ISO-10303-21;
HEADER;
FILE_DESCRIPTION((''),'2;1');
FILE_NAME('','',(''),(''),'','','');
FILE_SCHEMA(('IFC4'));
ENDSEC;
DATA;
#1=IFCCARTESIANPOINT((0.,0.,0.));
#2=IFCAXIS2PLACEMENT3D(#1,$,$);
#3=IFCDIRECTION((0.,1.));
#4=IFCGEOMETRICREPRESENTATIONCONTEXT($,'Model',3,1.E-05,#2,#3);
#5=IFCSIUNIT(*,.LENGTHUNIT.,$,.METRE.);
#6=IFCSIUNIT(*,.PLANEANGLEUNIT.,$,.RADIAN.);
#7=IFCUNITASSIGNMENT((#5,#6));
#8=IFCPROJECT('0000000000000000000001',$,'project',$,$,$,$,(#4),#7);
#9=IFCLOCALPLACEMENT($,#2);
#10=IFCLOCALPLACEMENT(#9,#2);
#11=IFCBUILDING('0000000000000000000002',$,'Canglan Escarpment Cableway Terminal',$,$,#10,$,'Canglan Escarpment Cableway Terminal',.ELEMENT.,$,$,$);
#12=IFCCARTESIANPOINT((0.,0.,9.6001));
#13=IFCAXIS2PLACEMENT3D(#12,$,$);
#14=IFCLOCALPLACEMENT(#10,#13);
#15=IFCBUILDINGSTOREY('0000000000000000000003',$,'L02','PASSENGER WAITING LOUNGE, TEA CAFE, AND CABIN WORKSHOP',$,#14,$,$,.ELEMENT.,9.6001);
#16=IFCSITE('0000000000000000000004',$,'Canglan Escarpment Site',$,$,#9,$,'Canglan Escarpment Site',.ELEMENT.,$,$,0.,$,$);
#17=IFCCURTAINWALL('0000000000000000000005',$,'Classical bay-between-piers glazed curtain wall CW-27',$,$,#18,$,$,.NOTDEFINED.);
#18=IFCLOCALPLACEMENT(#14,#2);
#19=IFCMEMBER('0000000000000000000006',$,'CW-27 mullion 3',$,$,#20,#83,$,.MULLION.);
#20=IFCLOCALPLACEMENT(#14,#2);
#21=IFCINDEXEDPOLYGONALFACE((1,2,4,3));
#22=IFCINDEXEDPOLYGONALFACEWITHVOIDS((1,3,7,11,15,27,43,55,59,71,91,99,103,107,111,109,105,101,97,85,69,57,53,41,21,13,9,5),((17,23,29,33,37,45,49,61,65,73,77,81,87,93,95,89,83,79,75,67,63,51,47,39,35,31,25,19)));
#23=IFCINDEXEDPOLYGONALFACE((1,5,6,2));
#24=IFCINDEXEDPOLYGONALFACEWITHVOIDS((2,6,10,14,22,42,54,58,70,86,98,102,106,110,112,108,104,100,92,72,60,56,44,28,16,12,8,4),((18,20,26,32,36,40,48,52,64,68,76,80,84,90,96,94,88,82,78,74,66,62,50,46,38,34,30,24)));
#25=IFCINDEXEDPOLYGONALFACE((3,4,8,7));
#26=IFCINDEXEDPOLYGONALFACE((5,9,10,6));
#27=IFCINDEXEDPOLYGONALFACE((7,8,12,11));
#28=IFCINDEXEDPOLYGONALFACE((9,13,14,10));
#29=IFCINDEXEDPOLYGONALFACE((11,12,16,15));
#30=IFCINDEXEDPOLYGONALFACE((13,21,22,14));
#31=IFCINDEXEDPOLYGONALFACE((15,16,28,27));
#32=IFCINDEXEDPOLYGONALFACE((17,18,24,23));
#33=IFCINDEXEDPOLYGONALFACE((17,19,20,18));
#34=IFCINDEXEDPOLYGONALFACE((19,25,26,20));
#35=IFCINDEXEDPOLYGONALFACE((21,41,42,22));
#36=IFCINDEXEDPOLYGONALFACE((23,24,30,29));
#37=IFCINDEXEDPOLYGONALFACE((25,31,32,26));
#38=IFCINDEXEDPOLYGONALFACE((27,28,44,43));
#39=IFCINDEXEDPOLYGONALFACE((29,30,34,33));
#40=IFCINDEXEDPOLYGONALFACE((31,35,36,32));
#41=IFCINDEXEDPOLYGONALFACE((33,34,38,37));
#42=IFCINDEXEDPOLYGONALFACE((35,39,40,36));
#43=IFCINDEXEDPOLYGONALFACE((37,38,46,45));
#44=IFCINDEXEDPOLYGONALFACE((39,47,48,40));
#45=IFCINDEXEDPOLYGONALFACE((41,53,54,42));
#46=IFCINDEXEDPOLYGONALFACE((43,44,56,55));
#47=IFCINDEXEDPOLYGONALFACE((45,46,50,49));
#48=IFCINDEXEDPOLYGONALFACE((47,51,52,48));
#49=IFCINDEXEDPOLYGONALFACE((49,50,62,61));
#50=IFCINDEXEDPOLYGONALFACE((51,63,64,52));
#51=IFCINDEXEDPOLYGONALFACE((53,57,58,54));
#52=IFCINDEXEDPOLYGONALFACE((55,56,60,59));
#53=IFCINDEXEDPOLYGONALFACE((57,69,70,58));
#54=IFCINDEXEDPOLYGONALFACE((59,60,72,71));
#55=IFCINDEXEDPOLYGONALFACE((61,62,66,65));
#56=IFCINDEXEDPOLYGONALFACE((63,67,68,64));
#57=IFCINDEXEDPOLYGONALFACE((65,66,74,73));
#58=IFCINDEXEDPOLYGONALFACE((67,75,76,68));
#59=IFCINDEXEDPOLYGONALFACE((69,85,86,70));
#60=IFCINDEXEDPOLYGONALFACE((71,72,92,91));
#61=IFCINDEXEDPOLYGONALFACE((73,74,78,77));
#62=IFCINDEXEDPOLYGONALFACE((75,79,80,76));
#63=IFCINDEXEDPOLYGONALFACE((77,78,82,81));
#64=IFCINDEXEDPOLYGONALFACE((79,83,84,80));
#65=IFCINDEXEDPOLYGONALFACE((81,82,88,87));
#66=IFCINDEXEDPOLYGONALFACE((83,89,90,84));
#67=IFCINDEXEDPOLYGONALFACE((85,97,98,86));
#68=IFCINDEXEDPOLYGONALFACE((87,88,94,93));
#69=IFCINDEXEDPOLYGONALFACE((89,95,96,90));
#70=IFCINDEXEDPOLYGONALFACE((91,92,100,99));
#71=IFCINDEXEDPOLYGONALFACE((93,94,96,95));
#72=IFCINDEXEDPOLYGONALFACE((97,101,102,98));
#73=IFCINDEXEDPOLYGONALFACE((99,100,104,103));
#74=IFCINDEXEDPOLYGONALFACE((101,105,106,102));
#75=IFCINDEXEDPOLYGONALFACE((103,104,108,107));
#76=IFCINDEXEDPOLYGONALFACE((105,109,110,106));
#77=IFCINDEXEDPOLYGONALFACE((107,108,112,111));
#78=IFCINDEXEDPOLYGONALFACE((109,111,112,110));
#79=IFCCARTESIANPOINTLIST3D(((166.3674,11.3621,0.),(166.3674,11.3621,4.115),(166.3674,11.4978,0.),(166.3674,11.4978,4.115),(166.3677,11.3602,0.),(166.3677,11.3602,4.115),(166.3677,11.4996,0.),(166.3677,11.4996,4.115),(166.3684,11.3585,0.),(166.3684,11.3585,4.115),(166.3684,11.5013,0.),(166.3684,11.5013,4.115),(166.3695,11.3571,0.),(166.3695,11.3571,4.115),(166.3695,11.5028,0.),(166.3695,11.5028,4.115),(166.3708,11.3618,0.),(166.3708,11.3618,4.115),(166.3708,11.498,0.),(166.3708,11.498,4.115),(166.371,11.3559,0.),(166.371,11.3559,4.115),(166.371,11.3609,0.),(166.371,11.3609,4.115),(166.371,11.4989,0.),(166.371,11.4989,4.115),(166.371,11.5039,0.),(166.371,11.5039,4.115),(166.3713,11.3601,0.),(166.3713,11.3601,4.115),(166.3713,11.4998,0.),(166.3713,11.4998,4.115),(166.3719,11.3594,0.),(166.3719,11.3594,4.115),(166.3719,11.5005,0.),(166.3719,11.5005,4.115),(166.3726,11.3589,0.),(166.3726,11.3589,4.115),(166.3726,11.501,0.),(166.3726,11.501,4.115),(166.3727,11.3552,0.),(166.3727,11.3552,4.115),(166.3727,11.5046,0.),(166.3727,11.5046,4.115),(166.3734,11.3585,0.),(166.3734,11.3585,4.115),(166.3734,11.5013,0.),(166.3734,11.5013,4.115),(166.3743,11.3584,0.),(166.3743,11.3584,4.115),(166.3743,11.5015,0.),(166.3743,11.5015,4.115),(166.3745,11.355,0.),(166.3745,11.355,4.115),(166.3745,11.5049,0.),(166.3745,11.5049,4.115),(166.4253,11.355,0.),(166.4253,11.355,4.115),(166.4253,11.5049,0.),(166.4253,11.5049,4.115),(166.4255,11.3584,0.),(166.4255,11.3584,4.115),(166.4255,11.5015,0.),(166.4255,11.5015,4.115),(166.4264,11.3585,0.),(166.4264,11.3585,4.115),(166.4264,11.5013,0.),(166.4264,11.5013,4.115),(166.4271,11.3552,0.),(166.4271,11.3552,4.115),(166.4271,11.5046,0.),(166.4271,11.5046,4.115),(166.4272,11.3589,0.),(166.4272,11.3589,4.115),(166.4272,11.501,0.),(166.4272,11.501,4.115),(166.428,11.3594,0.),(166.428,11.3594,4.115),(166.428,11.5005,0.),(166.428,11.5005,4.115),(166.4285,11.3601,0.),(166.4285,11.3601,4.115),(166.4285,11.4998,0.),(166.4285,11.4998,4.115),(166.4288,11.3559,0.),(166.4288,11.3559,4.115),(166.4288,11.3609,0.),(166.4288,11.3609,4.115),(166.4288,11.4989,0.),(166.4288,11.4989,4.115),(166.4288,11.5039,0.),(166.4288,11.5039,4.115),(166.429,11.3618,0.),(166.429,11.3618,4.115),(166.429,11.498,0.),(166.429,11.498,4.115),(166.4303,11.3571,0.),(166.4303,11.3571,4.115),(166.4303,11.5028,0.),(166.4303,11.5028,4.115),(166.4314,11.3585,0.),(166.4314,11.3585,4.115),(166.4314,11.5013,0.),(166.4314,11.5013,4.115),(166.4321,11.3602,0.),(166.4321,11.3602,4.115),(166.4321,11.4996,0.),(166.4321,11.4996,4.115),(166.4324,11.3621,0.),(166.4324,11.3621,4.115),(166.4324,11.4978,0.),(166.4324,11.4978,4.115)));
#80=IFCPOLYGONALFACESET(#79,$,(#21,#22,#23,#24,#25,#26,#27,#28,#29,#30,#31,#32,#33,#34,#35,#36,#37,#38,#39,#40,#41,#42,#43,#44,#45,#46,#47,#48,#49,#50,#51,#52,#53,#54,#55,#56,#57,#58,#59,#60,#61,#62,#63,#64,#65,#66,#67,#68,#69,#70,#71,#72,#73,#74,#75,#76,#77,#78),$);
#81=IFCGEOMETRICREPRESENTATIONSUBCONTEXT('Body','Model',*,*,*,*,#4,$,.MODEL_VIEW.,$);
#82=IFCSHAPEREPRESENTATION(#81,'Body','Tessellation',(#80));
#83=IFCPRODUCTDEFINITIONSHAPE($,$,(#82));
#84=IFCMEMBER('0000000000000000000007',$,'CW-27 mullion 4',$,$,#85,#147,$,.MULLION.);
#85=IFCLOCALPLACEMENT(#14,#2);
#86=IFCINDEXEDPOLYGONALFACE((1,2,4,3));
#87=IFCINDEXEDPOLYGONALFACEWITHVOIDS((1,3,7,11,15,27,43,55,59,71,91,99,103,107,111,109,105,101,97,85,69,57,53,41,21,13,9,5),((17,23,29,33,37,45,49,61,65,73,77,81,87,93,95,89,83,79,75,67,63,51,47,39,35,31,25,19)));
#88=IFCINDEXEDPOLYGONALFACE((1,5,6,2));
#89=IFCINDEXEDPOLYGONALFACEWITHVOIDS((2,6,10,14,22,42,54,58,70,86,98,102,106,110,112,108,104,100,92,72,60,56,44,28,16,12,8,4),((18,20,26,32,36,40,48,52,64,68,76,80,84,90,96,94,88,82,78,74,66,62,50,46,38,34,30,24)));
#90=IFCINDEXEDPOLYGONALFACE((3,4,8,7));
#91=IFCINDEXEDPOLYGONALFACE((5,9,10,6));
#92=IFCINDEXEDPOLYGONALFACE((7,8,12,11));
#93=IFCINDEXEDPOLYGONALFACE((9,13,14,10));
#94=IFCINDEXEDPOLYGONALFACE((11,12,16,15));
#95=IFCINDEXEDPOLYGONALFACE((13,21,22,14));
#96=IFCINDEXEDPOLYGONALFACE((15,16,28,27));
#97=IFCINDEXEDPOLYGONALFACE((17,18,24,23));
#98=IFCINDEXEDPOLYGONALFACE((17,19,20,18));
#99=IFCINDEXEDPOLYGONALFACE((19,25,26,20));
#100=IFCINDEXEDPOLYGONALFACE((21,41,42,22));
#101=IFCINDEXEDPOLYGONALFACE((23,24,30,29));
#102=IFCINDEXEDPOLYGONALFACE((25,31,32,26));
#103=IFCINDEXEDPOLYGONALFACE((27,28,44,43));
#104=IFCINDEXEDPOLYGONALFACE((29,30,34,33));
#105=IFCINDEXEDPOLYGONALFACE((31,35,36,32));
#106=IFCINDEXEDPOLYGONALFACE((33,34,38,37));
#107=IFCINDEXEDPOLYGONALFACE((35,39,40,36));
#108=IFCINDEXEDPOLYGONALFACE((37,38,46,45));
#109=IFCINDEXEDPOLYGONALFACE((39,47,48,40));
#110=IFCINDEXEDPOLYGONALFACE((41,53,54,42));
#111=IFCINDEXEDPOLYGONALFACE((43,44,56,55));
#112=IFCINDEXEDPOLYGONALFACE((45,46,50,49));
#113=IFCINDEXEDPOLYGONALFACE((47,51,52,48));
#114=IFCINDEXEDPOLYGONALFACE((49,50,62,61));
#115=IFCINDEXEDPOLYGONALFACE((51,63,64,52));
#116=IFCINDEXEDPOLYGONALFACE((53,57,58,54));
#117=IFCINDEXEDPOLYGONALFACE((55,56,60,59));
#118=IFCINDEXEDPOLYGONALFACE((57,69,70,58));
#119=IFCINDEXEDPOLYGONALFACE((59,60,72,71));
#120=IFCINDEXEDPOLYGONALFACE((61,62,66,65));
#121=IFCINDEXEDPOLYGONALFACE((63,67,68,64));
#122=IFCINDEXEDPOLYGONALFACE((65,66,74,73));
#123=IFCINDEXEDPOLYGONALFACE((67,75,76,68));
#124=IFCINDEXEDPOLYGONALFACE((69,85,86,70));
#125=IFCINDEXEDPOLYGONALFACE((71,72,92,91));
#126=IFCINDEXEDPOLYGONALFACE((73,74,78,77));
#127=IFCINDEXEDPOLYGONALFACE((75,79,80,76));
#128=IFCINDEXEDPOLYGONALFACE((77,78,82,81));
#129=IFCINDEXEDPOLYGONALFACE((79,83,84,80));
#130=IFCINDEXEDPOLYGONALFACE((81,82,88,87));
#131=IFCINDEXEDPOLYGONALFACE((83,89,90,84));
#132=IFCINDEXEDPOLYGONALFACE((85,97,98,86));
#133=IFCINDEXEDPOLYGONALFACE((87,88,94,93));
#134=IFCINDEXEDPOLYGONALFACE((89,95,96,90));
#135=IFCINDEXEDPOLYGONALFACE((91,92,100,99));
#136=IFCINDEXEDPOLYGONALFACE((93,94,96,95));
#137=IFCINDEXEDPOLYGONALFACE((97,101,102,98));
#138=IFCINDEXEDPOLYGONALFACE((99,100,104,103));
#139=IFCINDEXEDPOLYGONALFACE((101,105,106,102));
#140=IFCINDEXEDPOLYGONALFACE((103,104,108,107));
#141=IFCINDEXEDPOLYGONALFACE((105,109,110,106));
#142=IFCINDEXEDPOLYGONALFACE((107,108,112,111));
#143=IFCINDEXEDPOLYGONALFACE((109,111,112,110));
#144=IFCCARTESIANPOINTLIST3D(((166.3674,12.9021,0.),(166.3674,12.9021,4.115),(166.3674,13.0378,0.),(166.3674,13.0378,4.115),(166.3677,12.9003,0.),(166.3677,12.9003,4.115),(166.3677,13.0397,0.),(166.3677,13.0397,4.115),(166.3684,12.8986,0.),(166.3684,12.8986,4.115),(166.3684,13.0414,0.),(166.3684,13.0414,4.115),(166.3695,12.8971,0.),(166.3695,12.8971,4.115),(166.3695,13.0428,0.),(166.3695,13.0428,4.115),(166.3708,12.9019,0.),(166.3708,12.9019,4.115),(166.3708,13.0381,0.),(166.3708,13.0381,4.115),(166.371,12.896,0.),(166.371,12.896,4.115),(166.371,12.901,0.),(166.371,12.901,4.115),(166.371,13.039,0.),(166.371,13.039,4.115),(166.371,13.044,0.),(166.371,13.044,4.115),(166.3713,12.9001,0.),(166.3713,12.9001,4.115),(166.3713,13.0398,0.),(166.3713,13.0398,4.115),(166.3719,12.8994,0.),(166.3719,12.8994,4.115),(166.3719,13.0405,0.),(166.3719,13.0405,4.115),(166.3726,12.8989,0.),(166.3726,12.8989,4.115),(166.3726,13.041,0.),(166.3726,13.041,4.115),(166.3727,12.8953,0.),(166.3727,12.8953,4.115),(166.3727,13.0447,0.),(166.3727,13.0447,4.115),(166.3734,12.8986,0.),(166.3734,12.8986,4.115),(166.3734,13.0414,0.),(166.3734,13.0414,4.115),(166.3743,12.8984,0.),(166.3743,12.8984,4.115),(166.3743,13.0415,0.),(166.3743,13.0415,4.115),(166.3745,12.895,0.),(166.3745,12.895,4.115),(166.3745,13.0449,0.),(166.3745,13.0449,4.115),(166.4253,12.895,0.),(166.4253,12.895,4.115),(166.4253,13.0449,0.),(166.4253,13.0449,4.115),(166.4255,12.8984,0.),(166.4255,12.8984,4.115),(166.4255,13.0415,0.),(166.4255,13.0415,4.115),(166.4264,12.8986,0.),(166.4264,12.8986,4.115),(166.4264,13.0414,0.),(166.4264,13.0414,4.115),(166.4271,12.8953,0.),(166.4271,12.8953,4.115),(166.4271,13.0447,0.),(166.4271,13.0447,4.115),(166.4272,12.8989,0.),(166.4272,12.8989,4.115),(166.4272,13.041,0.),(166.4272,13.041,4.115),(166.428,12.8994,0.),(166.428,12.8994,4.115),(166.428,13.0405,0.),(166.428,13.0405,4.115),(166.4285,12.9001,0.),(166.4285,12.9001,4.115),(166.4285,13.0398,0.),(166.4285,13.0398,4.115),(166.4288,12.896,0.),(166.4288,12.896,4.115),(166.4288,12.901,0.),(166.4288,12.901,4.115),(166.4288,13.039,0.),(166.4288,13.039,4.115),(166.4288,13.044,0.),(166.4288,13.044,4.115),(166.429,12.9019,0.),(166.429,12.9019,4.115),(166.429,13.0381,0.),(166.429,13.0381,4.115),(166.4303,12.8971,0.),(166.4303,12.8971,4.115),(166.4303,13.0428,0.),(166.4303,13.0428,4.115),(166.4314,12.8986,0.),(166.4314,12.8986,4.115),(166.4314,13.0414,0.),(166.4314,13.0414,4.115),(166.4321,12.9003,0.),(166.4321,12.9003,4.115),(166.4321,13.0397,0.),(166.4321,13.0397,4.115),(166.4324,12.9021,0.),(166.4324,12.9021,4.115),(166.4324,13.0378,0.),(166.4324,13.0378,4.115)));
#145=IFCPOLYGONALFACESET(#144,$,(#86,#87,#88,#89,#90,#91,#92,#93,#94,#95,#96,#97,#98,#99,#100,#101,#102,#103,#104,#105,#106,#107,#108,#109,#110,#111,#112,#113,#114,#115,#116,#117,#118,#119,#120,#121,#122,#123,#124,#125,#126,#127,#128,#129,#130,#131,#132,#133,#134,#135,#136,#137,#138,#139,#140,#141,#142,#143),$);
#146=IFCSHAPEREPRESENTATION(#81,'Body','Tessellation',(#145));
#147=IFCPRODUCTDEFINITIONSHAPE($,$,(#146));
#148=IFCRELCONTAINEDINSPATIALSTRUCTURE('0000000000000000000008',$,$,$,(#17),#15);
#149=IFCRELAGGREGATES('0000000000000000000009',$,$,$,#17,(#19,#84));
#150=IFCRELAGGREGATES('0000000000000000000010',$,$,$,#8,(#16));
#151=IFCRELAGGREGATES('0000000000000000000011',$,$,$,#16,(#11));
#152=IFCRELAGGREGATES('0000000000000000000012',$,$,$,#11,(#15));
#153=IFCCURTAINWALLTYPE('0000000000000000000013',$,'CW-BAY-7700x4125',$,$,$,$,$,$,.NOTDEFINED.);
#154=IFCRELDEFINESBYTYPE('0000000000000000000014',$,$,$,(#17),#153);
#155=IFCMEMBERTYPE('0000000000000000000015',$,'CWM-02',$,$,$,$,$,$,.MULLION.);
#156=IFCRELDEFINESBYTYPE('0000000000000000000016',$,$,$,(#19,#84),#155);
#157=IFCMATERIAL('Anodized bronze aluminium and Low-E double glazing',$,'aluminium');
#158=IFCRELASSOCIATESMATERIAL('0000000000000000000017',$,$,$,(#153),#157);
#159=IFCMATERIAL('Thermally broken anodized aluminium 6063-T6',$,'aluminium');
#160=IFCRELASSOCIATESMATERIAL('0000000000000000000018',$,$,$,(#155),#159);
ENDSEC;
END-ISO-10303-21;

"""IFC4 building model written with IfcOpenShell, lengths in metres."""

from ifc_helpers import new_model, si_unit, direction, frame, origin, origin_2d, place, context, subcontext, project, spatial, hollow_rectangle, extrude, material, material_profile, profile_set, type_object, element, aggregate, save


model = new_model("IFC4")

# Units and contexts
model_context = context("Model", 3, precision=1e-05, world=origin(), true_north=direction((0.0, 1.0)))
body_context = subcontext(model_context, "Body", "Model", "MODEL_VIEW")
ifc_project = project(units=[si_unit("LENGTHUNIT", "METRE"), si_unit("PLANEANGLEUNIT", "RADIAN")], contexts=[model_context])

# Site, building, storey
site_placement = place(None, origin())
site = spatial("IfcSite", under=ifc_project, at=site_placement, Name="Canglan Escarpment Site", LongName="Canglan Escarpment Site", CompositionType="ELEMENT", RefElevation=0.0)
building_placement = place(site_placement, origin())
building = spatial("IfcBuilding", under=site, at=building_placement, Name="Canglan Escarpment Cableway Terminal", LongName="Canglan Escarpment Cableway Terminal", CompositionType="ELEMENT")
storey_placement = place(building_placement, frame((0.0, 0.0, 9.6001)))
storey = spatial("IfcBuildingStorey", under=building, at=storey_placement, Name="L02", Description="PASSENGER WAITING LOUNGE, TEA CAFE, AND CABIN WORKSHOP", CompositionType="ELEMENT", Elevation=9.6001)

# Curtain wall, members
ifc_material_1 = material(Name="Anodized bronze aluminium and Low-E double glazing", Category="aluminium")
curtain_wall_type = type_object("IfcCurtainWallType", Name="CW-BAY-7700x4125", PredefinedType="NOTDEFINED", material=ifc_material_1)
curtain_wall_placement = place(storey_placement, origin())
curtain_wall = element("IfcCurtainWall", 1, at=curtain_wall_placement, inside=storey, type_object=curtain_wall_type, Name="Classical bay-between-piers glazed curtain wall CW-27", PredefinedType="NOTDEFINED")
ifc_material_2 = material(Name="Thermally broken anodized aluminium 6063-T6", Category="aluminium")
ifc_material_profile_1 = material_profile(ifc_material_2, hollow_rectangle(XDim=0.0649, YDim=0.1499, WallThickness=0.0034, InnerFilletRadius=0.0034, OuterFilletRadius=0.0071, at=origin_2d()), Name="ALU-MULL 65x150x3.5")
ifc_profile_set_1 = profile_set([ifc_material_profile_1], Name="Thermally broken anodized aluminium 6063-T6")
member_type_1 = type_object("IfcMemberType", Name="CWM-02", PredefinedType="MULLION", material=ifc_profile_set_1)
member_1_placement = place(storey_placement, frame((166.3999, 11.4299, 0.0), z_axis=(0.0, 0.0, 1.0), x_axis=(-1.0, 0.0, 0.0)))
member_1 = element("IfcMember", 2, at=member_1_placement, type_object=member_type_1, Name="CW-27 mullion 3", PredefinedType="MULLION", context=body_context, shape_type="SweptSolid", body=[
    extrude(hollow_rectangle(XDim=0.0649, YDim=0.1499, WallThickness=0.0034, InnerFilletRadius=0.0034, OuterFilletRadius=0.0071, at=origin_2d()), origin(), (0.0, 0.0, 1.0), 4.115),
])
member_2_placement = place(storey_placement, frame((166.3999, 12.97, 0.0), z_axis=(0.0, 0.0, 1.0), x_axis=(-1.0, 0.0, 0.0)))
member_2 = element("IfcMember", 3, at=member_2_placement, type_object=member_type_1, Name="CW-27 mullion 4", PredefinedType="MULLION", context=body_context, shape_type="SweptSolid", body=[
    extrude(hollow_rectangle(XDim=0.0649, YDim=0.1499, WallThickness=0.0034, InnerFilletRadius=0.0034, OuterFilletRadius=0.0071, at=origin_2d()), origin(), (0.0, 0.0, 1.0), 4.115),
])

aggregate(curtain_wall, [member_1, member_2])

save(model, "model.ifc")
